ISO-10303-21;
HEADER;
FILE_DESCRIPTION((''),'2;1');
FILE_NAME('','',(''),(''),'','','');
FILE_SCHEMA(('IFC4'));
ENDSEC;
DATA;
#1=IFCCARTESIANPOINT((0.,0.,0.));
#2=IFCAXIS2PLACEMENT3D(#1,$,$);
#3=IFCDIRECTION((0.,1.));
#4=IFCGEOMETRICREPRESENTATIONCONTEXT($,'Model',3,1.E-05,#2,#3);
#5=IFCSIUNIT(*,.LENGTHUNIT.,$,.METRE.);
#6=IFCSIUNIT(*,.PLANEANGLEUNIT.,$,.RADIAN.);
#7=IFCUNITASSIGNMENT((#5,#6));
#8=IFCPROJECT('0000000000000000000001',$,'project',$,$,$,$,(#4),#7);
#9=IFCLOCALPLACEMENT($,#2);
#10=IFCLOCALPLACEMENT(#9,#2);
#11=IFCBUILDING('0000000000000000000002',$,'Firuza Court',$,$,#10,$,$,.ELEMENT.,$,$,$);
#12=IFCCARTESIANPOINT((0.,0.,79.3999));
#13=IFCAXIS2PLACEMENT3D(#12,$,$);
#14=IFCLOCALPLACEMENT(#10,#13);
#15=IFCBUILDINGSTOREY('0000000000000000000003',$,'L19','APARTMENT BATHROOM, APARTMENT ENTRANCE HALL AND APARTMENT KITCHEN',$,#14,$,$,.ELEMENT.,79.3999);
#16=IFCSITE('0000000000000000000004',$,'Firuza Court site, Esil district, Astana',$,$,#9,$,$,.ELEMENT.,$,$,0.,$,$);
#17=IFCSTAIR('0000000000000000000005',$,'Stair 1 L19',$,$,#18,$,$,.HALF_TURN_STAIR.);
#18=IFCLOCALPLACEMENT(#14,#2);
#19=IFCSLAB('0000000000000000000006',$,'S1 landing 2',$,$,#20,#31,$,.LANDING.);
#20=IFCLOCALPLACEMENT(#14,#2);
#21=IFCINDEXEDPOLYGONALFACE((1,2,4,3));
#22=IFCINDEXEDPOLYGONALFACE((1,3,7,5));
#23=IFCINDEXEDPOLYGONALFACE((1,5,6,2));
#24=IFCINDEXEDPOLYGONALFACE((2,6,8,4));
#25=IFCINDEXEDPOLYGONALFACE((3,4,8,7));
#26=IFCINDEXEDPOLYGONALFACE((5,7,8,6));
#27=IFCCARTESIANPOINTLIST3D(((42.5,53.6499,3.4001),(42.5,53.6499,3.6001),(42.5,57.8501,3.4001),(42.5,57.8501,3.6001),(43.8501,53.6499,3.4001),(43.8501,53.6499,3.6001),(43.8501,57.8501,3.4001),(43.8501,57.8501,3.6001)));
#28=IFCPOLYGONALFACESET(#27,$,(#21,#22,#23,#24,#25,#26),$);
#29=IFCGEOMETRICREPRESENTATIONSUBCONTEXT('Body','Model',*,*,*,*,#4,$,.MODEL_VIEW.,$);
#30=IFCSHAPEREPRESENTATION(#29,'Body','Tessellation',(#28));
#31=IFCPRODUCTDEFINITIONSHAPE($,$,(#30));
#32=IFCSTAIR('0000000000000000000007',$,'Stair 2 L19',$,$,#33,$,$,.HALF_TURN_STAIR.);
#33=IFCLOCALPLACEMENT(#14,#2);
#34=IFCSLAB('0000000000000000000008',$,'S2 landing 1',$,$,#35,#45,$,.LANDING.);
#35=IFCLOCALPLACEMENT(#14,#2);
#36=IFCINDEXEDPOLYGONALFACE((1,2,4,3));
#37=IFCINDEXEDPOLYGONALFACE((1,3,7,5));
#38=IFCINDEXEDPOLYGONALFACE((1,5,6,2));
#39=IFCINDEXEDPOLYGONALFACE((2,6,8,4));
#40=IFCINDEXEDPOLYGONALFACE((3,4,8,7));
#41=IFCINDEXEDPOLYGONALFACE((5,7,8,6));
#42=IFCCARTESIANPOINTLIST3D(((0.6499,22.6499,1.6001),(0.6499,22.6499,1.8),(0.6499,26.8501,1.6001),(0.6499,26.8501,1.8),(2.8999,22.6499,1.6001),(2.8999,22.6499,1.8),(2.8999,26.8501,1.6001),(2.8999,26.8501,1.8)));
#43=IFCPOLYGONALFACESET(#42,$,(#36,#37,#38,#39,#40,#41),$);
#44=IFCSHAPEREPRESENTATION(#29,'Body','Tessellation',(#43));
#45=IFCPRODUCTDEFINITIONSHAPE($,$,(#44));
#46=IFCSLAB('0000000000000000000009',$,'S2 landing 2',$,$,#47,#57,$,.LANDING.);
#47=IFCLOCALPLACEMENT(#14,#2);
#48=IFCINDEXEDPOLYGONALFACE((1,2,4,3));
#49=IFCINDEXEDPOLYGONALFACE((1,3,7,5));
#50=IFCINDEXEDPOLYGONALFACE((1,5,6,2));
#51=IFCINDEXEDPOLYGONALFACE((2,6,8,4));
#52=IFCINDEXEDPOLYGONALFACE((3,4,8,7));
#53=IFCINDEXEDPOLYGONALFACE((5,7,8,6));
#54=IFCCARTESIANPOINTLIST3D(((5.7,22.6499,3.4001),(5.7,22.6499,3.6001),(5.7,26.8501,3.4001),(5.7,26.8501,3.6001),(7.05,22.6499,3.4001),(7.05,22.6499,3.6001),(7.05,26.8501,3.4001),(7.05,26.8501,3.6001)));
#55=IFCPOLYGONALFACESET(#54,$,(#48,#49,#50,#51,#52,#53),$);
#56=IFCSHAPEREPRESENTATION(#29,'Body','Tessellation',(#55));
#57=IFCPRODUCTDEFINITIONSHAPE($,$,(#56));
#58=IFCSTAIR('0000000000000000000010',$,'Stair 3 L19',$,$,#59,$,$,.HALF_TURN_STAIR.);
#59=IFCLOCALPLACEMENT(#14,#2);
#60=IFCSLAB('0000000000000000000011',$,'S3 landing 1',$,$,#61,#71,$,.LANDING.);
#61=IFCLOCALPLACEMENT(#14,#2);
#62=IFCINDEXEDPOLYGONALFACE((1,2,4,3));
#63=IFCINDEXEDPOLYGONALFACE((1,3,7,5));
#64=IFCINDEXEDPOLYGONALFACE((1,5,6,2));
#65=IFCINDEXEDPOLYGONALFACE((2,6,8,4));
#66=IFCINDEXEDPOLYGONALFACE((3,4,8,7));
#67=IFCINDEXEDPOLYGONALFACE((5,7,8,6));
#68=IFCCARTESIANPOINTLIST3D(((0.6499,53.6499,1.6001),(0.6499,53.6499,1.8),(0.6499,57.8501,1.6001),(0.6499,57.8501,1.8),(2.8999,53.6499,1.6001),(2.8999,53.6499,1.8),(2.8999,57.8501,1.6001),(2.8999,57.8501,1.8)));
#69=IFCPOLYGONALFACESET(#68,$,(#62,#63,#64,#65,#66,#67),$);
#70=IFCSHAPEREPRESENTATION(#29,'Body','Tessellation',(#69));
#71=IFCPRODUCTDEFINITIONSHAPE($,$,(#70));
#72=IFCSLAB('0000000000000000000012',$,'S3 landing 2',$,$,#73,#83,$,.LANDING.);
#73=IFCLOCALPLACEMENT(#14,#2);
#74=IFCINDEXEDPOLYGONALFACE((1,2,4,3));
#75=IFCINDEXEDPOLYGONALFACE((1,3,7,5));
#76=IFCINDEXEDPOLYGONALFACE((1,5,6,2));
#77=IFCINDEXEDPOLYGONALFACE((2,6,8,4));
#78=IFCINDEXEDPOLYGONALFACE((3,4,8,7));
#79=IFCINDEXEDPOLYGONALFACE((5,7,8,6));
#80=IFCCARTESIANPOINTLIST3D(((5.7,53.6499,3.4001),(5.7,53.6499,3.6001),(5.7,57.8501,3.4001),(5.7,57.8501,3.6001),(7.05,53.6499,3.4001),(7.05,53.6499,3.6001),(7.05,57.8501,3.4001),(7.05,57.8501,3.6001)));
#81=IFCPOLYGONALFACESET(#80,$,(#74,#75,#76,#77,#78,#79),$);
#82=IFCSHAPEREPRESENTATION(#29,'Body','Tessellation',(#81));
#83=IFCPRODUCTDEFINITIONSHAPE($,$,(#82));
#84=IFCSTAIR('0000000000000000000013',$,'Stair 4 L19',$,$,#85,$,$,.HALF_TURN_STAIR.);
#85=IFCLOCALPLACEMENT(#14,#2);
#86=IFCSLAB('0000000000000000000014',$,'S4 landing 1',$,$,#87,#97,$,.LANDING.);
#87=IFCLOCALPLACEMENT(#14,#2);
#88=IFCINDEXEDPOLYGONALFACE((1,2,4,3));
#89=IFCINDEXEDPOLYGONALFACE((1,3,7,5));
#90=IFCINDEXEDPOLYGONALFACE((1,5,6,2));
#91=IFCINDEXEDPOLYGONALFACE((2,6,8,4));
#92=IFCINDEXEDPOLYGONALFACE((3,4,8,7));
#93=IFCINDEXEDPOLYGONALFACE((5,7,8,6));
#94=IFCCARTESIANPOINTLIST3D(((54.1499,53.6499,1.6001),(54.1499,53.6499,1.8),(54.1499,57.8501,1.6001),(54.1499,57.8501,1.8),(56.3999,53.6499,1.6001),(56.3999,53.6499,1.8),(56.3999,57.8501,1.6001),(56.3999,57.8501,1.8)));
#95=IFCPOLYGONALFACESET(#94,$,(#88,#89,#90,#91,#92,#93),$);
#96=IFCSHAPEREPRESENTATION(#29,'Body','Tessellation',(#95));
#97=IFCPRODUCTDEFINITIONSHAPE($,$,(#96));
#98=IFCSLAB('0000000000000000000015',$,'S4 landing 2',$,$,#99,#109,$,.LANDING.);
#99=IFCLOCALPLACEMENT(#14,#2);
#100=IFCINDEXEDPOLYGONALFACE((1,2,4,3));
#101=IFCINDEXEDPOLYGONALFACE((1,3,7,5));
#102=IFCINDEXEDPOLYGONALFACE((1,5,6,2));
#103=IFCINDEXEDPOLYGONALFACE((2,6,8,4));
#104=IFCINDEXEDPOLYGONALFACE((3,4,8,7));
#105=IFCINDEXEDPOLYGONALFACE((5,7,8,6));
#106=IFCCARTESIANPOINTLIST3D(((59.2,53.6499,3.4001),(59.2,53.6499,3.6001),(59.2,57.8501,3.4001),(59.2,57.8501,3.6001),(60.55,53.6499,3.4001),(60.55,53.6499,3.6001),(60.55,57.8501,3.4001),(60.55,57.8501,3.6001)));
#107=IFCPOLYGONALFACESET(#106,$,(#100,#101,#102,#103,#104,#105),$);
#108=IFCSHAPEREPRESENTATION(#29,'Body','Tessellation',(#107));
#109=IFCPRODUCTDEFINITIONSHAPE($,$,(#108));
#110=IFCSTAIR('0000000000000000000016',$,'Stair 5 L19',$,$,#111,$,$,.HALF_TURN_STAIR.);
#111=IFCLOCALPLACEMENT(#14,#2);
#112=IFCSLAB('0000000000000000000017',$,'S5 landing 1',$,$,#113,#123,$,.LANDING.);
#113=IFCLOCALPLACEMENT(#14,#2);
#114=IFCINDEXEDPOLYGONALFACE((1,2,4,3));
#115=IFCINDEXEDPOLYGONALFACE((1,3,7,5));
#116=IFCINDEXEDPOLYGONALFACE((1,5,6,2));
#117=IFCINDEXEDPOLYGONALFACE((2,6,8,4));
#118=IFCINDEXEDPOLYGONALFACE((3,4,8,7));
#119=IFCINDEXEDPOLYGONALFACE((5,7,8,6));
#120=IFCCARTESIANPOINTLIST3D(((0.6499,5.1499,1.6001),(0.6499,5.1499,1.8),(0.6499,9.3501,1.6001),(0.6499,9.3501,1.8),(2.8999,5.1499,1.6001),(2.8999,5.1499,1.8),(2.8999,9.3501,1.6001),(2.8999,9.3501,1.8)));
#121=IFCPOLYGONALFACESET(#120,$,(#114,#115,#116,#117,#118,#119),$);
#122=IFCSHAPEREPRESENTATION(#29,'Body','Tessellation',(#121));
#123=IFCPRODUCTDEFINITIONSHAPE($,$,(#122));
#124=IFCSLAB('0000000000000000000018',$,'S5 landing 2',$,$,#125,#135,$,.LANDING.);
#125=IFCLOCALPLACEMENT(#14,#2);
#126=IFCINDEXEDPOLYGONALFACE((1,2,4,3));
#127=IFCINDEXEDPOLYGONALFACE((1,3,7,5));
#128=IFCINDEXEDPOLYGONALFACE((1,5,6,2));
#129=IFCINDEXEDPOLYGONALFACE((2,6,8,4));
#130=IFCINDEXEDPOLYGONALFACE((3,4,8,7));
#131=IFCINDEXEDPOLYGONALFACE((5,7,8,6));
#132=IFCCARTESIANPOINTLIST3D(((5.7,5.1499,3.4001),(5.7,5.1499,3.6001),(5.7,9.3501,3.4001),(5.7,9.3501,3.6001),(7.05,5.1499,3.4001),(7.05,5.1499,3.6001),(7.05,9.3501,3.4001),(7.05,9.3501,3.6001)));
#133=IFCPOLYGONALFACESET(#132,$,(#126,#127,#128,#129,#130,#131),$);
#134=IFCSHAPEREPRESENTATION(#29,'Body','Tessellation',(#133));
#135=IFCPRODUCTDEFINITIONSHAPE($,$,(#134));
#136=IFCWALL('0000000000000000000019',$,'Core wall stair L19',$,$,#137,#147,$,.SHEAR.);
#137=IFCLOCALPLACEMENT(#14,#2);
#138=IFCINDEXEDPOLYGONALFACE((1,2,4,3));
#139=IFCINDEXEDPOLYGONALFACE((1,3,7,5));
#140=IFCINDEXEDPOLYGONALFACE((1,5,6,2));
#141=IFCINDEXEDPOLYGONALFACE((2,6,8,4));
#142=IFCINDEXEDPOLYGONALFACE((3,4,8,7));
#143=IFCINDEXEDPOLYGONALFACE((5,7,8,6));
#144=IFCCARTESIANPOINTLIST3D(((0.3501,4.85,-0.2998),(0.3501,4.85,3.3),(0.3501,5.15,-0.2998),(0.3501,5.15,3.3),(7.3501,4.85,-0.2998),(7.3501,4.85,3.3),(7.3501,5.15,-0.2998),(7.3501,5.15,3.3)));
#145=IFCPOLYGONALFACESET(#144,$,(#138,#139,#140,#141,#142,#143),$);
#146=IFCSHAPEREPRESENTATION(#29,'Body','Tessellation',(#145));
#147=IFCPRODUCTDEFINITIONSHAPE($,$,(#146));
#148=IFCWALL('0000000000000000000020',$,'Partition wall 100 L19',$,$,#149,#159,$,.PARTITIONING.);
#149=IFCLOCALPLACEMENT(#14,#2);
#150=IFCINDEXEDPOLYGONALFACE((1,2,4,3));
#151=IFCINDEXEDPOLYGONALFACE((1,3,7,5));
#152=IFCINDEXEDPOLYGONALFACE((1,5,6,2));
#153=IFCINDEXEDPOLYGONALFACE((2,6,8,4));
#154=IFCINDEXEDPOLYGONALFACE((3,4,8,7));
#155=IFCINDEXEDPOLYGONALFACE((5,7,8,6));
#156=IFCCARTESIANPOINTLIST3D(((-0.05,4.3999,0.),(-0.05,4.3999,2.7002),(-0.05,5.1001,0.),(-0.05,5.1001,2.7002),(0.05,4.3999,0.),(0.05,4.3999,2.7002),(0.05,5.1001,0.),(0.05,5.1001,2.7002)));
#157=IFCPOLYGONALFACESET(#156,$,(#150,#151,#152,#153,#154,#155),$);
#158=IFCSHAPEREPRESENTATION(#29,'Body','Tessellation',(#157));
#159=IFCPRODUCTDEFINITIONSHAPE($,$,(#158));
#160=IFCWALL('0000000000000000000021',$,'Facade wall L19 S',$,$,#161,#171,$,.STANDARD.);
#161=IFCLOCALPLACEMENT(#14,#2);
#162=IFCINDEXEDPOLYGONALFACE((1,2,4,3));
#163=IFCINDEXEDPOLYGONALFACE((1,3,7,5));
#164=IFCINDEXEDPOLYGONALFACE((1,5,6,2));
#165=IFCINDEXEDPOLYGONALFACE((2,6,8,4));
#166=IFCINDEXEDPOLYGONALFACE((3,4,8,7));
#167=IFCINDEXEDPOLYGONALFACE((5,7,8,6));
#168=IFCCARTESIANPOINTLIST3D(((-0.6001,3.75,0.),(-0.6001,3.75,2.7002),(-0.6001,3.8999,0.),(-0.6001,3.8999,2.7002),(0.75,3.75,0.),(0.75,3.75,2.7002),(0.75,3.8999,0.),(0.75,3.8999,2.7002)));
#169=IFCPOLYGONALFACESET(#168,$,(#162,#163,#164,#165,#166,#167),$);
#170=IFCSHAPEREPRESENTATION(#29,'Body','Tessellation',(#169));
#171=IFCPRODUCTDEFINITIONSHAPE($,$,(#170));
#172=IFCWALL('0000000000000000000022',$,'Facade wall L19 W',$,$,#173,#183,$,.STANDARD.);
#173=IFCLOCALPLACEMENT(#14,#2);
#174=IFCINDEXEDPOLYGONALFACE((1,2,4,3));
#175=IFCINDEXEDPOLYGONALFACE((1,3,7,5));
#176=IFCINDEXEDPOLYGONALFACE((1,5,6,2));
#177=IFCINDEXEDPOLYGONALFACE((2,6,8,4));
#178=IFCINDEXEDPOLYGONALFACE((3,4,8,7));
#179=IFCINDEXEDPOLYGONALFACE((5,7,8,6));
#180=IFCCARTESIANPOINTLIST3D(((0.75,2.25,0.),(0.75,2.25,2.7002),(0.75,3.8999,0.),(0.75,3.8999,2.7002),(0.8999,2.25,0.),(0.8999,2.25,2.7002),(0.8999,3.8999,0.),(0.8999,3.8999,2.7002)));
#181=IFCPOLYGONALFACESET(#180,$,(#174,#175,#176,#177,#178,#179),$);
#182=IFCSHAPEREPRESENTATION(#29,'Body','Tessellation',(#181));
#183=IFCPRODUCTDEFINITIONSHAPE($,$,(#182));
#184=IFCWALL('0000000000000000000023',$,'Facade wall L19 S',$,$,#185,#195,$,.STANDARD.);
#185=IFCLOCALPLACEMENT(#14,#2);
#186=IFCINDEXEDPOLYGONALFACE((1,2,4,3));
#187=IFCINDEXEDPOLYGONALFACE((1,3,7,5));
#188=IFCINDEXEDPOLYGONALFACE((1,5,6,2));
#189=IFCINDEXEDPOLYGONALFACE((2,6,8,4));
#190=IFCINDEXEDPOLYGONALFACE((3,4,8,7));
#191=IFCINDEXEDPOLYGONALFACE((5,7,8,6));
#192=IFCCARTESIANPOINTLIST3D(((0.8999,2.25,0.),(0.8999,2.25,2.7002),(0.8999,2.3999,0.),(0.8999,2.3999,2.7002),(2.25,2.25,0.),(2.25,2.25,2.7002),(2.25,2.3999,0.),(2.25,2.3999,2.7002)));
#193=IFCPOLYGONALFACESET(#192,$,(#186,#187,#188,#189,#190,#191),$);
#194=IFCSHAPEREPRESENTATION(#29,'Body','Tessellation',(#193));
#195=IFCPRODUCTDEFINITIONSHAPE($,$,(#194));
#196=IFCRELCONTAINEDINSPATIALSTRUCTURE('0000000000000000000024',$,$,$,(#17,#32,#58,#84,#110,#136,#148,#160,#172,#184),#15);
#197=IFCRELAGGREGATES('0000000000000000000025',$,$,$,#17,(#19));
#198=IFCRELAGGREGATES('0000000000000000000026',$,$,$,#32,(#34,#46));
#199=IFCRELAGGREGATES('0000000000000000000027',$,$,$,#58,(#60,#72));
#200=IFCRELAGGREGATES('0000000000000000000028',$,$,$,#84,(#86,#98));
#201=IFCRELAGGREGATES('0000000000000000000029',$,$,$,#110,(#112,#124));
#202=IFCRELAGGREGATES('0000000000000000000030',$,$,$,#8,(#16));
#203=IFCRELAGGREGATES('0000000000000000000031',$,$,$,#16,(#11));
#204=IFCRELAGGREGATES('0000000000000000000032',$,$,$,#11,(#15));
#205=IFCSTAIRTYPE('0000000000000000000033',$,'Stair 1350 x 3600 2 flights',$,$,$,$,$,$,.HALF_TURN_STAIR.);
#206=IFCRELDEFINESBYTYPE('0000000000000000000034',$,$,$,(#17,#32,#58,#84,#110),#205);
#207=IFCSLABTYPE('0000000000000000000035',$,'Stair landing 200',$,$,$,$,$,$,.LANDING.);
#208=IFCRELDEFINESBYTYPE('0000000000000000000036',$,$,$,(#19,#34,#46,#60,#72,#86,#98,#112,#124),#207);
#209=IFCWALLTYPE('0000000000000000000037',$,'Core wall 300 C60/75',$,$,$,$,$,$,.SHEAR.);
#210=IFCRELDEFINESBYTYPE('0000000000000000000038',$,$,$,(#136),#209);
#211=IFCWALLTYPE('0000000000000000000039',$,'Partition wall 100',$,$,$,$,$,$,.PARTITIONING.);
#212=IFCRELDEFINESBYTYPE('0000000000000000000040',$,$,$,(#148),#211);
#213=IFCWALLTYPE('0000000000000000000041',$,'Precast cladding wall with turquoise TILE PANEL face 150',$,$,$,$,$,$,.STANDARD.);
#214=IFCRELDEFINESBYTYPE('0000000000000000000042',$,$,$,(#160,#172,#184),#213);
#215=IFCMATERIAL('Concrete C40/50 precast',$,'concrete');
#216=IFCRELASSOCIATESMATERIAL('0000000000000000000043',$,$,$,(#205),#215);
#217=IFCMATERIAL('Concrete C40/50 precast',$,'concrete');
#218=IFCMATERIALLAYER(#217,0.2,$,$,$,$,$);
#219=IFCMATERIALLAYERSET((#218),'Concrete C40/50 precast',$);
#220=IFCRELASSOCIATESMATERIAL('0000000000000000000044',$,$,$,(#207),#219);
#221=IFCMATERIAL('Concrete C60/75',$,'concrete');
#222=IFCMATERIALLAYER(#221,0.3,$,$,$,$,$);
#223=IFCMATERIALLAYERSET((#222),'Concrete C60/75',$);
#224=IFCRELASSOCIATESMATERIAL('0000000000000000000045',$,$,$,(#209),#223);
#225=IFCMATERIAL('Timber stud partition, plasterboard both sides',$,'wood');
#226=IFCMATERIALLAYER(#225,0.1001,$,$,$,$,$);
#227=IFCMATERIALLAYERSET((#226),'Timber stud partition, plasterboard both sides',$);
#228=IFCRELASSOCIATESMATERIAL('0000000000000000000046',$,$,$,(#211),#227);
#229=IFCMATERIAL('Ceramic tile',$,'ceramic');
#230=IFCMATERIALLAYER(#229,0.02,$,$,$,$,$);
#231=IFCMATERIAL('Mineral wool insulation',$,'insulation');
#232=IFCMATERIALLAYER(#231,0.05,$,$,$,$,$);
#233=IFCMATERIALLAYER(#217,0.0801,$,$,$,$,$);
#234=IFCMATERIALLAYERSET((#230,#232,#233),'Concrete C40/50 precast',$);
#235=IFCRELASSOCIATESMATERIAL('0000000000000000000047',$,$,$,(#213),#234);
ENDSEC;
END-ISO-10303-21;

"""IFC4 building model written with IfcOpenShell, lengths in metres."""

from ifc_helpers import new_model, si_unit, direction, frame, frame_2d, origin, place, context, subcontext, project, spatial, polyline, rectangle, outline, extrude, material, layer, layer_set, type_object, element, aggregate, save


model = new_model("IFC4")

# Units and contexts
model_context = context("Model", 3, precision=1e-05, world=origin(), true_north=direction((0.0, 1.0)))
body_context = subcontext(model_context, "Body", "Model", "MODEL_VIEW")
ifc_project = project(units=[si_unit("LENGTHUNIT", "METRE"), si_unit("PLANEANGLEUNIT", "RADIAN")], contexts=[model_context])

# Site, building, storey
site_placement = place(None, origin())
site = spatial("IfcSite", under=ifc_project, at=site_placement, Name="Firuza Court site, Esil district, Astana", CompositionType="ELEMENT", RefElevation=0.0)
building_placement = place(site_placement, origin())
building = spatial("IfcBuilding", under=site, at=building_placement, Name="Firuza Court", CompositionType="ELEMENT")
storey_placement = place(building_placement, frame((0.0, 0.0, 79.3999)))
storey = spatial("IfcBuildingStorey", under=building, at=storey_placement, Name="L19", Description="APARTMENT BATHROOM, APARTMENT ENTRANCE HALL AND APARTMENT KITCHEN", CompositionType="ELEMENT", Elevation=79.3999)

# Stairs, slabs
ifc_material_1 = material(Name="Concrete C40/50 precast", Category="concrete")
stair_type = type_object("IfcStairType", Name="Stair 1350 x 3600 2 flights", PredefinedType="HALF_TURN_STAIR", material=ifc_material_1)
stair_1_placement = place(storey_placement, origin())
stair_1 = element("IfcStair", 1, at=stair_1_placement, inside=storey, type_object=stair_type, Name="Stair 1 L19", PredefinedType="HALF_TURN_STAIR")
ifc_material_2 = material(Name="Concrete C40/50 precast", Category="concrete")
ifc_layer_1 = layer(ifc_material_2, 0.2)
ifc_layer_set_1 = layer_set([ifc_layer_1], Name="Concrete C40/50 precast")
slab_type_1 = type_object("IfcSlabType", Name="Stair landing 200", PredefinedType="LANDING", material=ifc_layer_set_1)
slab_1_placement = place(storey_placement, frame((0.0, 0.0, 3.4001)))
slab_1 = element("IfcSlab", 2, at=slab_1_placement, type_object=slab_type_1, Name="S1 landing 2", PredefinedType="LANDING", context=body_context, shape_type="SweptSolid", body=[
    extrude(outline(polyline([(43.8501, 53.6499), (43.8501, 57.8501), (42.5, 57.8501), (42.5, 53.6499), (43.8501, 53.6499)])), origin(), (0.0, 0.0, 1.0), 0.2),
])
aggregate(stair_1, [slab_1])
stair_2_placement = place(storey_placement, origin())
stair_2 = element("IfcStair", 3, at=stair_2_placement, inside=storey, type_object=stair_type, Name="Stair 2 L19", PredefinedType="HALF_TURN_STAIR")
slab_2_placement = place(storey_placement, frame((0.0, 0.0, 1.6001)))
slab_2 = element("IfcSlab", 4, at=slab_2_placement, type_object=slab_type_1, Name="S2 landing 1", PredefinedType="LANDING", context=body_context, shape_type="SweptSolid", body=[
    extrude(outline(polyline([(2.8999, 22.6499), (2.8999, 26.8501), (0.6499, 26.8501), (0.6499, 22.6499), (2.8999, 22.6499)])), origin(), (0.0, 0.0, 1.0), 0.2),
])
slab_3_placement = place(storey_placement, frame((0.0, 0.0, 3.4001)))
slab_3 = element("IfcSlab", 5, at=slab_3_placement, type_object=slab_type_1, Name="S2 landing 2", PredefinedType="LANDING", context=body_context, shape_type="SweptSolid", body=[
    extrude(outline(polyline([(7.05, 22.6499), (7.05, 26.8501), (5.7, 26.8501), (5.7, 22.6499), (7.05, 22.6499)])), origin(), (0.0, 0.0, 1.0), 0.2),
])
aggregate(stair_2, [slab_2, slab_3])
stair_3_placement = place(storey_placement, origin())
stair_3 = element("IfcStair", 6, at=stair_3_placement, inside=storey, type_object=stair_type, Name="Stair 3 L19", PredefinedType="HALF_TURN_STAIR")
slab_4_placement = place(storey_placement, frame((0.0, 0.0, 1.6001)))
slab_4 = element("IfcSlab", 7, at=slab_4_placement, type_object=slab_type_1, Name="S3 landing 1", PredefinedType="LANDING", context=body_context, shape_type="SweptSolid", body=[
    extrude(outline(polyline([(2.8999, 53.6499), (2.8999, 57.8501), (0.6499, 57.8501), (0.6499, 53.6499), (2.8999, 53.6499)])), origin(), (0.0, 0.0, 1.0), 0.2),
])
slab_5_placement = place(storey_placement, frame((0.0, 0.0, 3.4001)))
slab_5 = element("IfcSlab", 8, at=slab_5_placement, type_object=slab_type_1, Name="S3 landing 2", PredefinedType="LANDING", context=body_context, shape_type="SweptSolid", body=[
    extrude(outline(polyline([(7.05, 53.6499), (7.05, 57.8501), (5.7, 57.8501), (5.7, 53.6499), (7.05, 53.6499)])), origin(), (0.0, 0.0, 1.0), 0.2),
])
aggregate(stair_3, [slab_4, slab_5])
stair_4_placement = place(storey_placement, origin())
stair_4 = element("IfcStair", 9, at=stair_4_placement, inside=storey, type_object=stair_type, Name="Stair 4 L19", PredefinedType="HALF_TURN_STAIR")
slab_6_placement = place(storey_placement, frame((0.0, 0.0, 1.6001)))
slab_6 = element("IfcSlab", 10, at=slab_6_placement, type_object=slab_type_1, Name="S4 landing 1", PredefinedType="LANDING", context=body_context, shape_type="SweptSolid", body=[
    extrude(outline(polyline([(56.3999, 53.6499), (56.3999, 57.8501), (54.1499, 57.8501), (54.1499, 53.6499), (56.3999, 53.6499)])), origin(), (0.0, 0.0, 1.0), 0.2),
])
slab_7_placement = place(storey_placement, frame((0.0, 0.0, 3.4001)))
slab_7 = element("IfcSlab", 11, at=slab_7_placement, type_object=slab_type_1, Name="S4 landing 2", PredefinedType="LANDING", context=body_context, shape_type="SweptSolid", body=[
    extrude(outline(polyline([(60.55, 53.6499), (60.55, 57.8501), (59.2, 57.8501), (59.2, 53.6499), (60.55, 53.6499)])), origin(), (0.0, 0.0, 1.0), 0.2),
])
aggregate(stair_4, [slab_6, slab_7])
stair_5_placement = place(storey_placement, origin())
stair_5 = element("IfcStair", 12, at=stair_5_placement, inside=storey, type_object=stair_type, Name="Stair 5 L19", PredefinedType="HALF_TURN_STAIR")
slab_8_placement = place(storey_placement, frame((0.0, 0.0, 1.6001)))
slab_8 = element("IfcSlab", 13, at=slab_8_placement, type_object=slab_type_1, Name="S5 landing 1", PredefinedType="LANDING", context=body_context, shape_type="SweptSolid", body=[
    extrude(outline(polyline([(2.8999, 5.1499), (2.8999, 9.3501), (0.6499, 9.3501), (0.6499, 5.1499), (2.8999, 5.1499)])), origin(), (0.0, 0.0, 1.0), 0.2),
])
slab_9_placement = place(storey_placement, frame((0.0, 0.0, 3.4001)))
slab_9 = element("IfcSlab", 14, at=slab_9_placement, type_object=slab_type_1, Name="S5 landing 2", PredefinedType="LANDING", context=body_context, shape_type="SweptSolid", body=[
    extrude(outline(polyline([(7.05, 5.1499), (7.05, 9.3501), (5.7, 9.3501), (5.7, 5.1499), (7.05, 5.1499)])), origin(), (0.0, 0.0, 1.0), 0.2),
])
aggregate(stair_5, [slab_8, slab_9])

# Walls
ifc_material_3 = material(Name="Concrete C60/75", Category="concrete")
ifc_layer_2 = layer(ifc_material_3, 0.3)
ifc_layer_set_2 = layer_set([ifc_layer_2], Name="Concrete C60/75")
wall_type_1 = type_object("IfcWallType", Name="Core wall 300 C60/75", PredefinedType="SHEAR", material=ifc_layer_set_2)
wall_1_placement = place(storey_placement, frame((0.3501, 5.0, -0.2998), z_axis=(0.0, 0.0, 1.0), x_axis=(1.0, 0.0, 0.0)))
element("IfcWall", 15, at=wall_1_placement, inside=storey, type_object=wall_type_1, Name="Core wall stair L19", PredefinedType="SHEAR", context=body_context, shape_type="SweptSolid", body=[
    extrude(rectangle(XDim=7.0, YDim=0.3, at=frame_2d((3.5, 0.0))), origin(), (0.0, 0.0, 1.0), 3.5999),
])
ifc_material_4 = material(Name="Timber stud partition, plasterboard both sides", Category="wood")
ifc_layer_3 = layer(ifc_material_4, 0.1001)
ifc_layer_set_3 = layer_set([ifc_layer_3], Name="Timber stud partition, plasterboard both sides")
wall_type_2 = type_object("IfcWallType", Name="Partition wall 100", PredefinedType="PARTITIONING", material=ifc_layer_set_3)
wall_2_placement = place(storey_placement, frame((0.0, 4.3999, 0.0), z_axis=(0.0, 0.0, 1.0), x_axis=(0.0, 1.0, 0.0)))
element("IfcWall", 16, at=wall_2_placement, inside=storey, type_object=wall_type_2, Name="Partition wall 100 L19", PredefinedType="PARTITIONING", context=body_context, shape_type="SweptSolid", body=[
    extrude(rectangle(XDim=0.7002, YDim=0.1001, at=frame_2d((0.3501, 0.0))), origin(), (0.0, 0.0, 1.0), 2.7002),
])
ifc_material_5 = material(Name="Ceramic tile", Category="ceramic")
ifc_layer_4 = layer(ifc_material_5, 0.02)
ifc_material_6 = material(Name="Mineral wool insulation", Category="insulation")
ifc_layer_5 = layer(ifc_material_6, 0.05)
ifc_layer_6 = layer(ifc_material_2, 0.0801)
ifc_layer_set_4 = layer_set([ifc_layer_4, ifc_layer_5, ifc_layer_6], Name="Concrete C40/50 precast")
wall_type_3 = type_object("IfcWallType", Name="Precast cladding wall with turquoise TILE PANEL face 150", PredefinedType="STANDARD", material=ifc_layer_set_4)
wall_3_placement = place(storey_placement, frame((-0.6001, 3.825, 0.0), z_axis=(0.0, 0.0, 1.0), x_axis=(1.0, 0.0, 0.0)))
element("IfcWall", 17, at=wall_3_placement, inside=storey, type_object=wall_type_3, Name="Facade wall L19 S", PredefinedType="STANDARD", context=body_context, shape_type="SweptSolid", body=[
    extrude(rectangle(XDim=1.3501, YDim=0.1499, at=frame_2d((0.675, 0.0))), origin(), (0.0, 0.0, 1.0), 2.7002),
])
wall_4_placement = place(storey_placement, frame((0.825, 3.8999, 0.0), z_axis=(0.0, 0.0, 1.0), x_axis=(0.0, -1.0, 0.0)))
element("IfcWall", 18, at=wall_4_placement, inside=storey, type_object=wall_type_3, Name="Facade wall L19 W", PredefinedType="STANDARD", context=body_context, shape_type="SweptSolid", body=[
    extrude(rectangle(XDim=1.6499, YDim=0.1499, at=frame_2d((0.825, 0.0))), origin(), (0.0, 0.0, 1.0), 2.7002),
])
wall_5_placement = place(storey_placement, frame((0.8999, 2.325, 0.0), z_axis=(0.0, 0.0, 1.0), x_axis=(1.0, 0.0, 0.0)))
element("IfcWall", 19, at=wall_5_placement, inside=storey, type_object=wall_type_3, Name="Facade wall L19 S", PredefinedType="STANDARD", context=body_context, shape_type="SweptSolid", body=[
    extrude(rectangle(XDim=1.3501, YDim=0.1499, at=frame_2d((0.675, 0.0))), origin(), (0.0, 0.0, 1.0), 2.7002),
])

save(model, "model.ifc")
